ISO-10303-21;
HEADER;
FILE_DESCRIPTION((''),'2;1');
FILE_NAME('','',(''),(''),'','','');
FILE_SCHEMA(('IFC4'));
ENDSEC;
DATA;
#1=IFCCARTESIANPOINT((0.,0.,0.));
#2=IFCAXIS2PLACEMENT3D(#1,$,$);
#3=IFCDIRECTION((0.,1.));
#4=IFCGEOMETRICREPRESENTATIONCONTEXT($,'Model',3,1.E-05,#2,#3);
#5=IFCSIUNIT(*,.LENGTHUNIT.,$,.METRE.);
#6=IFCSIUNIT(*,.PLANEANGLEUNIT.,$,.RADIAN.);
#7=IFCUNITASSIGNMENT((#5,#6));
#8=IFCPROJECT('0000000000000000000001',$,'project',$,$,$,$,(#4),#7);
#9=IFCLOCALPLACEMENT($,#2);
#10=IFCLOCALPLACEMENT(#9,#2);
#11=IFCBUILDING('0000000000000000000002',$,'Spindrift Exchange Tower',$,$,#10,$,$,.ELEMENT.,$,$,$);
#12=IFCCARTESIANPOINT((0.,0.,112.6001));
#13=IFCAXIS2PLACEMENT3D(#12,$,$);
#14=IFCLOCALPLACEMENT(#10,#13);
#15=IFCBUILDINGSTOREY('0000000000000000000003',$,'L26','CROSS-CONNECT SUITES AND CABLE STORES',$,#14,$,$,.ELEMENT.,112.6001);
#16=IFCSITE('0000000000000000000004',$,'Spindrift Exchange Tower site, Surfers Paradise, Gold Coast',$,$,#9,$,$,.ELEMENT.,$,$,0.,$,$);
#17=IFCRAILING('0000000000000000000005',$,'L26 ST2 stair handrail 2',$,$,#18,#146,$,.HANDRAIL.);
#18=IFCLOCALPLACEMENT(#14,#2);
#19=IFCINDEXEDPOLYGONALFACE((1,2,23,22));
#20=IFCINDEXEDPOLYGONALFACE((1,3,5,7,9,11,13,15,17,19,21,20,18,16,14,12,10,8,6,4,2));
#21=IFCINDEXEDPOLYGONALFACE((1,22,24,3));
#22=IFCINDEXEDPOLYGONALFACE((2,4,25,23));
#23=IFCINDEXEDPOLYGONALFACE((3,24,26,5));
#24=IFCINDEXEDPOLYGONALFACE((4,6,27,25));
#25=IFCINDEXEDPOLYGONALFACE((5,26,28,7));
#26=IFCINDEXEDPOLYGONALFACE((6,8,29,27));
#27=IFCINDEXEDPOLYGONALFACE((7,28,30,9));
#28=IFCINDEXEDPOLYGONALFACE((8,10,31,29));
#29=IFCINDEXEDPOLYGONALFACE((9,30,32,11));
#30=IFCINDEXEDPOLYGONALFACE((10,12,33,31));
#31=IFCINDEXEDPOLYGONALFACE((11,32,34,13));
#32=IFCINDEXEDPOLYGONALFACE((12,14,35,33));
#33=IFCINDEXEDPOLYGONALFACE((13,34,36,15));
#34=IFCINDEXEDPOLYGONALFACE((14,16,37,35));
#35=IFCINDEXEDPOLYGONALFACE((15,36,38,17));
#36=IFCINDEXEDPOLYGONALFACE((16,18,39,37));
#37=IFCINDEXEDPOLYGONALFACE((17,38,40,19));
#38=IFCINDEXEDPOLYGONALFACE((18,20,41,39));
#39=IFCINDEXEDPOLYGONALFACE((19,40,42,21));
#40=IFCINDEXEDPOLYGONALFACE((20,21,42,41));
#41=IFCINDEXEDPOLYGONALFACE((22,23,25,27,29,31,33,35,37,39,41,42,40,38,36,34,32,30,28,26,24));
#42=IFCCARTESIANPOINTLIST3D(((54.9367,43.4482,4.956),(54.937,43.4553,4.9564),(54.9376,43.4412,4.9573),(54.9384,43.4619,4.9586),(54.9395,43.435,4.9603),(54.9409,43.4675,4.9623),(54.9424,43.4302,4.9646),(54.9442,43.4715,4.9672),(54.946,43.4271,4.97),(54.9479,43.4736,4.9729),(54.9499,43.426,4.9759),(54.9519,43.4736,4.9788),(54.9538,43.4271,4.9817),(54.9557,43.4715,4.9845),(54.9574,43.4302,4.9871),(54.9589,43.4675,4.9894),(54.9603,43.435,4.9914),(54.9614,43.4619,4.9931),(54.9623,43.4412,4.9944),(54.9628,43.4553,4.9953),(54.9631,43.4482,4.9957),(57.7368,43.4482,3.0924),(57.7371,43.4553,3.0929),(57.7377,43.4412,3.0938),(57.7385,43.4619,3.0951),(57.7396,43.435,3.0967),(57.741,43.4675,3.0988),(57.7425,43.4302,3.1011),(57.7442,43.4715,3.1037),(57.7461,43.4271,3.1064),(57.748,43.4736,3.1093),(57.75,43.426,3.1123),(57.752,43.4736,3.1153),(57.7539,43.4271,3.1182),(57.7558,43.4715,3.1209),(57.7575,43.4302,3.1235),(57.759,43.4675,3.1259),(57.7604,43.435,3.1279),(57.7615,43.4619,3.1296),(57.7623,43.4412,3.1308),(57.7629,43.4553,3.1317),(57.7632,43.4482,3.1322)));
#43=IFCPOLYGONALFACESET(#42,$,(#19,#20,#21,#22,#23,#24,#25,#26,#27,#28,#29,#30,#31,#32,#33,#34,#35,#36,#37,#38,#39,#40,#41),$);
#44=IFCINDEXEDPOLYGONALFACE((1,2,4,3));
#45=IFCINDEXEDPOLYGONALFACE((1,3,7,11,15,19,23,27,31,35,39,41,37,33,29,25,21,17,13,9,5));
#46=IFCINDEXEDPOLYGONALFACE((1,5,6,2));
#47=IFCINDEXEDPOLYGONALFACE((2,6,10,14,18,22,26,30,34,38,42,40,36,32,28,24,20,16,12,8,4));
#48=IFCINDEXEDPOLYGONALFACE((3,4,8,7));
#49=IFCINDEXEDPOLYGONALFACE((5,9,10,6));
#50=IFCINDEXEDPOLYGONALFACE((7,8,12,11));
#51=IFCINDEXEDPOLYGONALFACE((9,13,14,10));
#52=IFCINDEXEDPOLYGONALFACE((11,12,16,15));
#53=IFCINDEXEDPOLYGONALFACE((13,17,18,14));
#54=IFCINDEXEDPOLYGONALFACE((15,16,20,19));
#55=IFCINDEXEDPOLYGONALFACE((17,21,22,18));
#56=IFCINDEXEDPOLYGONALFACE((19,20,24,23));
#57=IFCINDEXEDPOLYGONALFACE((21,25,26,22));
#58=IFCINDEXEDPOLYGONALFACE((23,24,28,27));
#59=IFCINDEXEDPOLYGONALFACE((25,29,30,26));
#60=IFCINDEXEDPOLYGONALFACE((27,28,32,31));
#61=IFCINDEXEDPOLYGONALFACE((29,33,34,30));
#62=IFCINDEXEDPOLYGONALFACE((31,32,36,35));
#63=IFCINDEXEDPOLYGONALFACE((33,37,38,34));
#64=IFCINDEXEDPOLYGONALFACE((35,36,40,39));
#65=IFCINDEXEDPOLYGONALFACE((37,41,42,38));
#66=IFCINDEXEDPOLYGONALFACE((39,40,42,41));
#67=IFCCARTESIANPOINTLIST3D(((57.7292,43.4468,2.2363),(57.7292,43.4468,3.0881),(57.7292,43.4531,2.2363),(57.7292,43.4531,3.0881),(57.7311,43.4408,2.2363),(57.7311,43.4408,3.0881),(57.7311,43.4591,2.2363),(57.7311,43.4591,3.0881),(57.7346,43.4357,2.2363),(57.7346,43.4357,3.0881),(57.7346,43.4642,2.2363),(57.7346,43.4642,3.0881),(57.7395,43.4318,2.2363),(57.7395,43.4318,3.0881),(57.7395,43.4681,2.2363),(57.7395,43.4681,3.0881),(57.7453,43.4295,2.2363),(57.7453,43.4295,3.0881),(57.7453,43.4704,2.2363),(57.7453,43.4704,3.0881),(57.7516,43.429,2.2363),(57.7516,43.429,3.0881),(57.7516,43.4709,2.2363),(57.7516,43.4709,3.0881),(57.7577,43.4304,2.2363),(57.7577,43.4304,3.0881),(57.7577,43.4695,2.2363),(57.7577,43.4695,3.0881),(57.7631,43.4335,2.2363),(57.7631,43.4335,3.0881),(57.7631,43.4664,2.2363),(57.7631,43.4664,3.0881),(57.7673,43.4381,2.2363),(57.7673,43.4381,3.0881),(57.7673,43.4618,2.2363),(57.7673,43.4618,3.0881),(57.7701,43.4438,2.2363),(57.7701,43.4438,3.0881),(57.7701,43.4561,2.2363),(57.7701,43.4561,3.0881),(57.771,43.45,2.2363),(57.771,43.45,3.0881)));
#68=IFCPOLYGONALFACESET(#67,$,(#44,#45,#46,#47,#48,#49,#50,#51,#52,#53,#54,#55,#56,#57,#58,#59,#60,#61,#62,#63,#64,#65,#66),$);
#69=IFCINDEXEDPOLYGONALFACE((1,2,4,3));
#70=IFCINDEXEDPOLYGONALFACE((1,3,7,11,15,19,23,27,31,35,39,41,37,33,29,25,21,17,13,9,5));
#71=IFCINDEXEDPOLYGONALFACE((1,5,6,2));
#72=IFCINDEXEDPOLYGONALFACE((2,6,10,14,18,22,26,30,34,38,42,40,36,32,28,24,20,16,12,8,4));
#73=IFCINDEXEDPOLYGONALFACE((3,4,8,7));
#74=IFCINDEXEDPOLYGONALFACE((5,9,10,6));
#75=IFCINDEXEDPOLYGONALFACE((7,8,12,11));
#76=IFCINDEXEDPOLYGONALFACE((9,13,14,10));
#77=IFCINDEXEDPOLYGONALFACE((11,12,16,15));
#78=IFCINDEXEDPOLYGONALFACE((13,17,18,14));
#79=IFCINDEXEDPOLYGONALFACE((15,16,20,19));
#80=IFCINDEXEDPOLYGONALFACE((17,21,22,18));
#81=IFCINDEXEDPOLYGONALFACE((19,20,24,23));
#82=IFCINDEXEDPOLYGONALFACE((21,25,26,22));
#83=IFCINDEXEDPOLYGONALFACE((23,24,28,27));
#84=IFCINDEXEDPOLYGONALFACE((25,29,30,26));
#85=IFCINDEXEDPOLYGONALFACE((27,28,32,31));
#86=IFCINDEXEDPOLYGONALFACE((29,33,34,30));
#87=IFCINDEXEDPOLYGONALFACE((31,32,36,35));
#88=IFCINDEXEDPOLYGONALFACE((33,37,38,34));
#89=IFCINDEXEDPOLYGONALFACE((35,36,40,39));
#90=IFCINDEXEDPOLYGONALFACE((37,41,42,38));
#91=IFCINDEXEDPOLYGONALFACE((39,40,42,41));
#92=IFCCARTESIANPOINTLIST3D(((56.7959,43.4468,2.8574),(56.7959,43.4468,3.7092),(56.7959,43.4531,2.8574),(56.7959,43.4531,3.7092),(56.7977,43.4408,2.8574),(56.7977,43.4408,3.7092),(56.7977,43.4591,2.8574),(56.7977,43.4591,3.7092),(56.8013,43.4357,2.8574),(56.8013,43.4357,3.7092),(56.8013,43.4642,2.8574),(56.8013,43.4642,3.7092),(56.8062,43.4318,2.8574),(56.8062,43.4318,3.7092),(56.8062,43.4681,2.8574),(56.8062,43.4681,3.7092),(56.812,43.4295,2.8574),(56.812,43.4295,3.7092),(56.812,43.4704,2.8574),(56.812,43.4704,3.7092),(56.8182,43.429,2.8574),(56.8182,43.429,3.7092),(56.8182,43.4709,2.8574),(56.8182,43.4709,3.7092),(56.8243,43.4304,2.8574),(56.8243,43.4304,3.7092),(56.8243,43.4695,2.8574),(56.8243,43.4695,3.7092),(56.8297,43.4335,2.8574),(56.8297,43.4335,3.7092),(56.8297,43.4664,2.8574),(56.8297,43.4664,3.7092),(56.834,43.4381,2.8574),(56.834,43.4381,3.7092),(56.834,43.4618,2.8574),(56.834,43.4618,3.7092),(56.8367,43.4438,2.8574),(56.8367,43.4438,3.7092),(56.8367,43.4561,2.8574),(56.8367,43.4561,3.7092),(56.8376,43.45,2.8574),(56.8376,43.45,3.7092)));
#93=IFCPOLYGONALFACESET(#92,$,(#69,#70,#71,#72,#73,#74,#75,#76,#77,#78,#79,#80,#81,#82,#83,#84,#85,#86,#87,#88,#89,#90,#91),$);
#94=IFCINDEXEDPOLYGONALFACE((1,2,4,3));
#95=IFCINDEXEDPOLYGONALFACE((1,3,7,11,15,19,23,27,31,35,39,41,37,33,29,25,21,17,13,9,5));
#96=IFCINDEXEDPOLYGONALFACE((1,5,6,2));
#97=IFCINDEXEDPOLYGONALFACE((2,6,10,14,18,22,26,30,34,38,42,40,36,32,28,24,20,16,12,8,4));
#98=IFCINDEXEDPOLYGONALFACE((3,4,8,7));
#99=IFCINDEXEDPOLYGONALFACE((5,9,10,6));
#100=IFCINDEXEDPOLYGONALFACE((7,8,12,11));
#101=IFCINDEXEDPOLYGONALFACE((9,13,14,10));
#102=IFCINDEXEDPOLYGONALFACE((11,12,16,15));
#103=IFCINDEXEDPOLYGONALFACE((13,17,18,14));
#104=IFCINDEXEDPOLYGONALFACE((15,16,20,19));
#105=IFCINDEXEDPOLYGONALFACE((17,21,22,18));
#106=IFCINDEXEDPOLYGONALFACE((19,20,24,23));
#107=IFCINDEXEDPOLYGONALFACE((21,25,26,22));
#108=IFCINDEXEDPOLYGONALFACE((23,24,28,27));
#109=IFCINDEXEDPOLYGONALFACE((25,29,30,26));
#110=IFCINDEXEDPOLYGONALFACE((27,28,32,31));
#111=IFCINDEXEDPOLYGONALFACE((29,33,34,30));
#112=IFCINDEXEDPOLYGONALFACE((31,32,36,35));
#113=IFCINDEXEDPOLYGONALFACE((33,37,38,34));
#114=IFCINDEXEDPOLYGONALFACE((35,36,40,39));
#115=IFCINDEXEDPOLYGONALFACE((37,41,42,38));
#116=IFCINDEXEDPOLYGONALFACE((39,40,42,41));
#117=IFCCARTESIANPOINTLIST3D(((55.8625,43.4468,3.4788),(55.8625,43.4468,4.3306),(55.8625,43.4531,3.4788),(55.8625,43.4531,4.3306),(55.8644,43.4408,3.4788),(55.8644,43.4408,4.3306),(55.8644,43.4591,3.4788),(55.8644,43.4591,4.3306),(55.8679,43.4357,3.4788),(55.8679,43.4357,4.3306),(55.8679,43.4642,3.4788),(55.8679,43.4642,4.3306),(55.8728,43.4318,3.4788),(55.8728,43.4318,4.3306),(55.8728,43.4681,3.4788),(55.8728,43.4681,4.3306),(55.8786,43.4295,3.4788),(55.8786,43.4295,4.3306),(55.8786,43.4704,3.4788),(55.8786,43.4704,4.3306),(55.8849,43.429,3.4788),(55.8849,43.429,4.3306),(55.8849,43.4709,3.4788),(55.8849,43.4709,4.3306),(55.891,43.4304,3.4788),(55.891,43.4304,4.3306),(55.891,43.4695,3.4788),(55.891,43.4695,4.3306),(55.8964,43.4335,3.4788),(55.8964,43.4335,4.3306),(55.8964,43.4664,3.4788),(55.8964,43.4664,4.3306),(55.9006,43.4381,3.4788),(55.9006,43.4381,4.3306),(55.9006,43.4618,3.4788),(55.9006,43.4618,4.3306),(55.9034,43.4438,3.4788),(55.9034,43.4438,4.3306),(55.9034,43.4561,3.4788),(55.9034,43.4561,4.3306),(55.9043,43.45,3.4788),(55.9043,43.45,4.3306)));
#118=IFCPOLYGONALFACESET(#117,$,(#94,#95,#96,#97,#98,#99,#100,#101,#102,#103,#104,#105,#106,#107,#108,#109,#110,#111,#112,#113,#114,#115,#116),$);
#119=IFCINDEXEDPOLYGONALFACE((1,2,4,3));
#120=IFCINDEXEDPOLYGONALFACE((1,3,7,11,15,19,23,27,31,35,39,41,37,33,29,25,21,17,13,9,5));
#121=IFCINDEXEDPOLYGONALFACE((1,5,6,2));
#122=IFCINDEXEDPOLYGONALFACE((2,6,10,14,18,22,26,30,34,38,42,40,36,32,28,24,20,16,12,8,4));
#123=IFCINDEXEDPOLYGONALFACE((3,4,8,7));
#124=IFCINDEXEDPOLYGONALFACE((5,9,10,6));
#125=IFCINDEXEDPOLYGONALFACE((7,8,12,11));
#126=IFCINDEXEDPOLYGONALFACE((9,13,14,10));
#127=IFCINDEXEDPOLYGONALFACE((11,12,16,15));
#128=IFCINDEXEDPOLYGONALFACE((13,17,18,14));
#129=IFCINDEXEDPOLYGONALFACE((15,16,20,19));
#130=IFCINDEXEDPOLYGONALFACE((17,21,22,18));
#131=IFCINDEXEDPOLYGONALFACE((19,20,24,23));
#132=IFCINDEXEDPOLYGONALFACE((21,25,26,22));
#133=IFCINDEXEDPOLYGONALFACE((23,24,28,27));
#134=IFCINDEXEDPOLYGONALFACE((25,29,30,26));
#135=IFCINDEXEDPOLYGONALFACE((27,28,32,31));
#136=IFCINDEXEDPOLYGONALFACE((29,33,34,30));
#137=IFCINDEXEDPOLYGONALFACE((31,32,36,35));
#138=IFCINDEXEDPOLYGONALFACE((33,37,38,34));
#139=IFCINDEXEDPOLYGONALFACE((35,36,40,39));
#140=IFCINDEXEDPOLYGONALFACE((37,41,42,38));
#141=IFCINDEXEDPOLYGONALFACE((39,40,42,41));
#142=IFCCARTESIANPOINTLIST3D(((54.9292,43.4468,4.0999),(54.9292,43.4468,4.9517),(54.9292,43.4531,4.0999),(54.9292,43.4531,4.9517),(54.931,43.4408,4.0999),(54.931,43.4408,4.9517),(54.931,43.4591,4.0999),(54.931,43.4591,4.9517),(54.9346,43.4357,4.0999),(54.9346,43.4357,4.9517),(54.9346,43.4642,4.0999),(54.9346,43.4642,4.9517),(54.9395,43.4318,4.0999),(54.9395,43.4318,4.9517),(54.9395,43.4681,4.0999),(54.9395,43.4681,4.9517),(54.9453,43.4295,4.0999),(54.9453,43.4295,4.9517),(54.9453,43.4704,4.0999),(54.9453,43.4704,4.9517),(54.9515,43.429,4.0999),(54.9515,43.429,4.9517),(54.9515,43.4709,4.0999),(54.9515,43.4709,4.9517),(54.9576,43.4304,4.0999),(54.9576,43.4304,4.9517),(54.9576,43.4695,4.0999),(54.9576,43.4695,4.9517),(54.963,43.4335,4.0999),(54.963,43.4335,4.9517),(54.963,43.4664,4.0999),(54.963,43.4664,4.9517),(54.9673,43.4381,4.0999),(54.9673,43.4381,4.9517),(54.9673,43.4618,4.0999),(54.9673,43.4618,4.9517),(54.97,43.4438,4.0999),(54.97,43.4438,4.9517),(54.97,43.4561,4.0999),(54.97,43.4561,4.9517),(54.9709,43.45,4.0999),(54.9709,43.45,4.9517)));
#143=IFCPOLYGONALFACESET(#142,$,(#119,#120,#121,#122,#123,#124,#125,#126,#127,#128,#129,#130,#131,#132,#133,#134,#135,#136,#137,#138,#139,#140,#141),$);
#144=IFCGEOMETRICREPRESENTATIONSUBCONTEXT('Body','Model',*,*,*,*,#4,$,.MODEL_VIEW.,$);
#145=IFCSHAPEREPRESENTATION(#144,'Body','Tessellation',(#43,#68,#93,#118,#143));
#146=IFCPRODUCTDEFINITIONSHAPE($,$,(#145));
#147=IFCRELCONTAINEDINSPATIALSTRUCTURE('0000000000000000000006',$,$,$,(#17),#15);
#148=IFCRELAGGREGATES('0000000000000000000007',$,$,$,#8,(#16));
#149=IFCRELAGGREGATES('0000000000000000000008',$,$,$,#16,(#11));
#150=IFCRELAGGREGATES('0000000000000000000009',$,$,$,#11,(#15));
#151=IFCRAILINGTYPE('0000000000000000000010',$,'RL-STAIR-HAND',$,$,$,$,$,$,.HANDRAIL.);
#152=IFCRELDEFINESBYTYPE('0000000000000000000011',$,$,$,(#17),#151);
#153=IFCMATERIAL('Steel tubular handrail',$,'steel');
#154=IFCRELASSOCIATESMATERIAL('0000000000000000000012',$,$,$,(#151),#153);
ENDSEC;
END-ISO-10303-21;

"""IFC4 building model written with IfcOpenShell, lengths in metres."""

from ifc_helpers import new_model, si_unit, direction, frame, origin, origin_2d, place, context, subcontext, project, spatial, circle, extrude, material, type_object, element, save


model = new_model("IFC4")

# Units and contexts
model_context = context("Model", 3, precision=1e-05, world=origin(), true_north=direction((0.0, 1.0)))
body_context = subcontext(model_context, "Body", "Model", "MODEL_VIEW")
ifc_project = project(units=[si_unit("LENGTHUNIT", "METRE"), si_unit("PLANEANGLEUNIT", "RADIAN")], contexts=[model_context])

# Site, building, storey
site_placement = place(None, origin())
site = spatial("IfcSite", under=ifc_project, at=site_placement, Name="Spindrift Exchange Tower site, Surfers Paradise, Gold Coast", CompositionType="ELEMENT", RefElevation=0.0)
building_placement = place(site_placement, origin())
building = spatial("IfcBuilding", under=site, at=building_placement, Name="Spindrift Exchange Tower", CompositionType="ELEMENT")
storey_placement = place(building_placement, frame((0.0, 0.0, 112.6001)))
storey = spatial("IfcBuildingStorey", under=building, at=storey_placement, Name="L26", Description="CROSS-CONNECT SUITES AND CABLE STORES", CompositionType="ELEMENT", Elevation=112.6001)

# Railing
ifc_material_1 = material(Name="Steel tubular handrail", Category="steel")
railing_type_1 = type_object("IfcRailingType", Name="RL-STAIR-HAND", PredefinedType="HANDRAIL", material=ifc_material_1)
railing_1_placement = place(storey_placement, frame((57.75, 43.45, 2.2363)))
element("IfcRailing", 1, at=railing_1_placement, inside=storey, type_object=railing_type_1, Name="L26 ST2 stair handrail 2", PredefinedType="HANDRAIL", context=body_context, shape_type="SweptSolid", body=[
    extrude(circle(Radius=0.0239, at=origin_2d()), frame((0.0, 0.0, 0.876), z_axis=(-0.832486, 0.0, 0.554047), x_axis=(0.0, -1.0, 0.0)), (0.0, 0.0, 1.0), 3.3635),
    extrude(circle(Radius=0.021, at=origin_2d()), origin(), (0.0, 0.0, 1.0), 0.8518),
    extrude(circle(Radius=0.021, at=origin_2d()), frame((-0.9333, 0.0, 0.6211)), (0.0, 0.0, 1.0), 0.8518),
    extrude(circle(Radius=0.021, at=origin_2d()), frame((-1.8667, 0.0, 1.2424)), (0.0, 0.0, 1.0), 0.8518),
    extrude(circle(Radius=0.021, at=origin_2d()), frame((-2.8, 0.0, 1.8635)), (0.0, 0.0, 1.0), 0.8518),
])

save(model, "model.ifc")
